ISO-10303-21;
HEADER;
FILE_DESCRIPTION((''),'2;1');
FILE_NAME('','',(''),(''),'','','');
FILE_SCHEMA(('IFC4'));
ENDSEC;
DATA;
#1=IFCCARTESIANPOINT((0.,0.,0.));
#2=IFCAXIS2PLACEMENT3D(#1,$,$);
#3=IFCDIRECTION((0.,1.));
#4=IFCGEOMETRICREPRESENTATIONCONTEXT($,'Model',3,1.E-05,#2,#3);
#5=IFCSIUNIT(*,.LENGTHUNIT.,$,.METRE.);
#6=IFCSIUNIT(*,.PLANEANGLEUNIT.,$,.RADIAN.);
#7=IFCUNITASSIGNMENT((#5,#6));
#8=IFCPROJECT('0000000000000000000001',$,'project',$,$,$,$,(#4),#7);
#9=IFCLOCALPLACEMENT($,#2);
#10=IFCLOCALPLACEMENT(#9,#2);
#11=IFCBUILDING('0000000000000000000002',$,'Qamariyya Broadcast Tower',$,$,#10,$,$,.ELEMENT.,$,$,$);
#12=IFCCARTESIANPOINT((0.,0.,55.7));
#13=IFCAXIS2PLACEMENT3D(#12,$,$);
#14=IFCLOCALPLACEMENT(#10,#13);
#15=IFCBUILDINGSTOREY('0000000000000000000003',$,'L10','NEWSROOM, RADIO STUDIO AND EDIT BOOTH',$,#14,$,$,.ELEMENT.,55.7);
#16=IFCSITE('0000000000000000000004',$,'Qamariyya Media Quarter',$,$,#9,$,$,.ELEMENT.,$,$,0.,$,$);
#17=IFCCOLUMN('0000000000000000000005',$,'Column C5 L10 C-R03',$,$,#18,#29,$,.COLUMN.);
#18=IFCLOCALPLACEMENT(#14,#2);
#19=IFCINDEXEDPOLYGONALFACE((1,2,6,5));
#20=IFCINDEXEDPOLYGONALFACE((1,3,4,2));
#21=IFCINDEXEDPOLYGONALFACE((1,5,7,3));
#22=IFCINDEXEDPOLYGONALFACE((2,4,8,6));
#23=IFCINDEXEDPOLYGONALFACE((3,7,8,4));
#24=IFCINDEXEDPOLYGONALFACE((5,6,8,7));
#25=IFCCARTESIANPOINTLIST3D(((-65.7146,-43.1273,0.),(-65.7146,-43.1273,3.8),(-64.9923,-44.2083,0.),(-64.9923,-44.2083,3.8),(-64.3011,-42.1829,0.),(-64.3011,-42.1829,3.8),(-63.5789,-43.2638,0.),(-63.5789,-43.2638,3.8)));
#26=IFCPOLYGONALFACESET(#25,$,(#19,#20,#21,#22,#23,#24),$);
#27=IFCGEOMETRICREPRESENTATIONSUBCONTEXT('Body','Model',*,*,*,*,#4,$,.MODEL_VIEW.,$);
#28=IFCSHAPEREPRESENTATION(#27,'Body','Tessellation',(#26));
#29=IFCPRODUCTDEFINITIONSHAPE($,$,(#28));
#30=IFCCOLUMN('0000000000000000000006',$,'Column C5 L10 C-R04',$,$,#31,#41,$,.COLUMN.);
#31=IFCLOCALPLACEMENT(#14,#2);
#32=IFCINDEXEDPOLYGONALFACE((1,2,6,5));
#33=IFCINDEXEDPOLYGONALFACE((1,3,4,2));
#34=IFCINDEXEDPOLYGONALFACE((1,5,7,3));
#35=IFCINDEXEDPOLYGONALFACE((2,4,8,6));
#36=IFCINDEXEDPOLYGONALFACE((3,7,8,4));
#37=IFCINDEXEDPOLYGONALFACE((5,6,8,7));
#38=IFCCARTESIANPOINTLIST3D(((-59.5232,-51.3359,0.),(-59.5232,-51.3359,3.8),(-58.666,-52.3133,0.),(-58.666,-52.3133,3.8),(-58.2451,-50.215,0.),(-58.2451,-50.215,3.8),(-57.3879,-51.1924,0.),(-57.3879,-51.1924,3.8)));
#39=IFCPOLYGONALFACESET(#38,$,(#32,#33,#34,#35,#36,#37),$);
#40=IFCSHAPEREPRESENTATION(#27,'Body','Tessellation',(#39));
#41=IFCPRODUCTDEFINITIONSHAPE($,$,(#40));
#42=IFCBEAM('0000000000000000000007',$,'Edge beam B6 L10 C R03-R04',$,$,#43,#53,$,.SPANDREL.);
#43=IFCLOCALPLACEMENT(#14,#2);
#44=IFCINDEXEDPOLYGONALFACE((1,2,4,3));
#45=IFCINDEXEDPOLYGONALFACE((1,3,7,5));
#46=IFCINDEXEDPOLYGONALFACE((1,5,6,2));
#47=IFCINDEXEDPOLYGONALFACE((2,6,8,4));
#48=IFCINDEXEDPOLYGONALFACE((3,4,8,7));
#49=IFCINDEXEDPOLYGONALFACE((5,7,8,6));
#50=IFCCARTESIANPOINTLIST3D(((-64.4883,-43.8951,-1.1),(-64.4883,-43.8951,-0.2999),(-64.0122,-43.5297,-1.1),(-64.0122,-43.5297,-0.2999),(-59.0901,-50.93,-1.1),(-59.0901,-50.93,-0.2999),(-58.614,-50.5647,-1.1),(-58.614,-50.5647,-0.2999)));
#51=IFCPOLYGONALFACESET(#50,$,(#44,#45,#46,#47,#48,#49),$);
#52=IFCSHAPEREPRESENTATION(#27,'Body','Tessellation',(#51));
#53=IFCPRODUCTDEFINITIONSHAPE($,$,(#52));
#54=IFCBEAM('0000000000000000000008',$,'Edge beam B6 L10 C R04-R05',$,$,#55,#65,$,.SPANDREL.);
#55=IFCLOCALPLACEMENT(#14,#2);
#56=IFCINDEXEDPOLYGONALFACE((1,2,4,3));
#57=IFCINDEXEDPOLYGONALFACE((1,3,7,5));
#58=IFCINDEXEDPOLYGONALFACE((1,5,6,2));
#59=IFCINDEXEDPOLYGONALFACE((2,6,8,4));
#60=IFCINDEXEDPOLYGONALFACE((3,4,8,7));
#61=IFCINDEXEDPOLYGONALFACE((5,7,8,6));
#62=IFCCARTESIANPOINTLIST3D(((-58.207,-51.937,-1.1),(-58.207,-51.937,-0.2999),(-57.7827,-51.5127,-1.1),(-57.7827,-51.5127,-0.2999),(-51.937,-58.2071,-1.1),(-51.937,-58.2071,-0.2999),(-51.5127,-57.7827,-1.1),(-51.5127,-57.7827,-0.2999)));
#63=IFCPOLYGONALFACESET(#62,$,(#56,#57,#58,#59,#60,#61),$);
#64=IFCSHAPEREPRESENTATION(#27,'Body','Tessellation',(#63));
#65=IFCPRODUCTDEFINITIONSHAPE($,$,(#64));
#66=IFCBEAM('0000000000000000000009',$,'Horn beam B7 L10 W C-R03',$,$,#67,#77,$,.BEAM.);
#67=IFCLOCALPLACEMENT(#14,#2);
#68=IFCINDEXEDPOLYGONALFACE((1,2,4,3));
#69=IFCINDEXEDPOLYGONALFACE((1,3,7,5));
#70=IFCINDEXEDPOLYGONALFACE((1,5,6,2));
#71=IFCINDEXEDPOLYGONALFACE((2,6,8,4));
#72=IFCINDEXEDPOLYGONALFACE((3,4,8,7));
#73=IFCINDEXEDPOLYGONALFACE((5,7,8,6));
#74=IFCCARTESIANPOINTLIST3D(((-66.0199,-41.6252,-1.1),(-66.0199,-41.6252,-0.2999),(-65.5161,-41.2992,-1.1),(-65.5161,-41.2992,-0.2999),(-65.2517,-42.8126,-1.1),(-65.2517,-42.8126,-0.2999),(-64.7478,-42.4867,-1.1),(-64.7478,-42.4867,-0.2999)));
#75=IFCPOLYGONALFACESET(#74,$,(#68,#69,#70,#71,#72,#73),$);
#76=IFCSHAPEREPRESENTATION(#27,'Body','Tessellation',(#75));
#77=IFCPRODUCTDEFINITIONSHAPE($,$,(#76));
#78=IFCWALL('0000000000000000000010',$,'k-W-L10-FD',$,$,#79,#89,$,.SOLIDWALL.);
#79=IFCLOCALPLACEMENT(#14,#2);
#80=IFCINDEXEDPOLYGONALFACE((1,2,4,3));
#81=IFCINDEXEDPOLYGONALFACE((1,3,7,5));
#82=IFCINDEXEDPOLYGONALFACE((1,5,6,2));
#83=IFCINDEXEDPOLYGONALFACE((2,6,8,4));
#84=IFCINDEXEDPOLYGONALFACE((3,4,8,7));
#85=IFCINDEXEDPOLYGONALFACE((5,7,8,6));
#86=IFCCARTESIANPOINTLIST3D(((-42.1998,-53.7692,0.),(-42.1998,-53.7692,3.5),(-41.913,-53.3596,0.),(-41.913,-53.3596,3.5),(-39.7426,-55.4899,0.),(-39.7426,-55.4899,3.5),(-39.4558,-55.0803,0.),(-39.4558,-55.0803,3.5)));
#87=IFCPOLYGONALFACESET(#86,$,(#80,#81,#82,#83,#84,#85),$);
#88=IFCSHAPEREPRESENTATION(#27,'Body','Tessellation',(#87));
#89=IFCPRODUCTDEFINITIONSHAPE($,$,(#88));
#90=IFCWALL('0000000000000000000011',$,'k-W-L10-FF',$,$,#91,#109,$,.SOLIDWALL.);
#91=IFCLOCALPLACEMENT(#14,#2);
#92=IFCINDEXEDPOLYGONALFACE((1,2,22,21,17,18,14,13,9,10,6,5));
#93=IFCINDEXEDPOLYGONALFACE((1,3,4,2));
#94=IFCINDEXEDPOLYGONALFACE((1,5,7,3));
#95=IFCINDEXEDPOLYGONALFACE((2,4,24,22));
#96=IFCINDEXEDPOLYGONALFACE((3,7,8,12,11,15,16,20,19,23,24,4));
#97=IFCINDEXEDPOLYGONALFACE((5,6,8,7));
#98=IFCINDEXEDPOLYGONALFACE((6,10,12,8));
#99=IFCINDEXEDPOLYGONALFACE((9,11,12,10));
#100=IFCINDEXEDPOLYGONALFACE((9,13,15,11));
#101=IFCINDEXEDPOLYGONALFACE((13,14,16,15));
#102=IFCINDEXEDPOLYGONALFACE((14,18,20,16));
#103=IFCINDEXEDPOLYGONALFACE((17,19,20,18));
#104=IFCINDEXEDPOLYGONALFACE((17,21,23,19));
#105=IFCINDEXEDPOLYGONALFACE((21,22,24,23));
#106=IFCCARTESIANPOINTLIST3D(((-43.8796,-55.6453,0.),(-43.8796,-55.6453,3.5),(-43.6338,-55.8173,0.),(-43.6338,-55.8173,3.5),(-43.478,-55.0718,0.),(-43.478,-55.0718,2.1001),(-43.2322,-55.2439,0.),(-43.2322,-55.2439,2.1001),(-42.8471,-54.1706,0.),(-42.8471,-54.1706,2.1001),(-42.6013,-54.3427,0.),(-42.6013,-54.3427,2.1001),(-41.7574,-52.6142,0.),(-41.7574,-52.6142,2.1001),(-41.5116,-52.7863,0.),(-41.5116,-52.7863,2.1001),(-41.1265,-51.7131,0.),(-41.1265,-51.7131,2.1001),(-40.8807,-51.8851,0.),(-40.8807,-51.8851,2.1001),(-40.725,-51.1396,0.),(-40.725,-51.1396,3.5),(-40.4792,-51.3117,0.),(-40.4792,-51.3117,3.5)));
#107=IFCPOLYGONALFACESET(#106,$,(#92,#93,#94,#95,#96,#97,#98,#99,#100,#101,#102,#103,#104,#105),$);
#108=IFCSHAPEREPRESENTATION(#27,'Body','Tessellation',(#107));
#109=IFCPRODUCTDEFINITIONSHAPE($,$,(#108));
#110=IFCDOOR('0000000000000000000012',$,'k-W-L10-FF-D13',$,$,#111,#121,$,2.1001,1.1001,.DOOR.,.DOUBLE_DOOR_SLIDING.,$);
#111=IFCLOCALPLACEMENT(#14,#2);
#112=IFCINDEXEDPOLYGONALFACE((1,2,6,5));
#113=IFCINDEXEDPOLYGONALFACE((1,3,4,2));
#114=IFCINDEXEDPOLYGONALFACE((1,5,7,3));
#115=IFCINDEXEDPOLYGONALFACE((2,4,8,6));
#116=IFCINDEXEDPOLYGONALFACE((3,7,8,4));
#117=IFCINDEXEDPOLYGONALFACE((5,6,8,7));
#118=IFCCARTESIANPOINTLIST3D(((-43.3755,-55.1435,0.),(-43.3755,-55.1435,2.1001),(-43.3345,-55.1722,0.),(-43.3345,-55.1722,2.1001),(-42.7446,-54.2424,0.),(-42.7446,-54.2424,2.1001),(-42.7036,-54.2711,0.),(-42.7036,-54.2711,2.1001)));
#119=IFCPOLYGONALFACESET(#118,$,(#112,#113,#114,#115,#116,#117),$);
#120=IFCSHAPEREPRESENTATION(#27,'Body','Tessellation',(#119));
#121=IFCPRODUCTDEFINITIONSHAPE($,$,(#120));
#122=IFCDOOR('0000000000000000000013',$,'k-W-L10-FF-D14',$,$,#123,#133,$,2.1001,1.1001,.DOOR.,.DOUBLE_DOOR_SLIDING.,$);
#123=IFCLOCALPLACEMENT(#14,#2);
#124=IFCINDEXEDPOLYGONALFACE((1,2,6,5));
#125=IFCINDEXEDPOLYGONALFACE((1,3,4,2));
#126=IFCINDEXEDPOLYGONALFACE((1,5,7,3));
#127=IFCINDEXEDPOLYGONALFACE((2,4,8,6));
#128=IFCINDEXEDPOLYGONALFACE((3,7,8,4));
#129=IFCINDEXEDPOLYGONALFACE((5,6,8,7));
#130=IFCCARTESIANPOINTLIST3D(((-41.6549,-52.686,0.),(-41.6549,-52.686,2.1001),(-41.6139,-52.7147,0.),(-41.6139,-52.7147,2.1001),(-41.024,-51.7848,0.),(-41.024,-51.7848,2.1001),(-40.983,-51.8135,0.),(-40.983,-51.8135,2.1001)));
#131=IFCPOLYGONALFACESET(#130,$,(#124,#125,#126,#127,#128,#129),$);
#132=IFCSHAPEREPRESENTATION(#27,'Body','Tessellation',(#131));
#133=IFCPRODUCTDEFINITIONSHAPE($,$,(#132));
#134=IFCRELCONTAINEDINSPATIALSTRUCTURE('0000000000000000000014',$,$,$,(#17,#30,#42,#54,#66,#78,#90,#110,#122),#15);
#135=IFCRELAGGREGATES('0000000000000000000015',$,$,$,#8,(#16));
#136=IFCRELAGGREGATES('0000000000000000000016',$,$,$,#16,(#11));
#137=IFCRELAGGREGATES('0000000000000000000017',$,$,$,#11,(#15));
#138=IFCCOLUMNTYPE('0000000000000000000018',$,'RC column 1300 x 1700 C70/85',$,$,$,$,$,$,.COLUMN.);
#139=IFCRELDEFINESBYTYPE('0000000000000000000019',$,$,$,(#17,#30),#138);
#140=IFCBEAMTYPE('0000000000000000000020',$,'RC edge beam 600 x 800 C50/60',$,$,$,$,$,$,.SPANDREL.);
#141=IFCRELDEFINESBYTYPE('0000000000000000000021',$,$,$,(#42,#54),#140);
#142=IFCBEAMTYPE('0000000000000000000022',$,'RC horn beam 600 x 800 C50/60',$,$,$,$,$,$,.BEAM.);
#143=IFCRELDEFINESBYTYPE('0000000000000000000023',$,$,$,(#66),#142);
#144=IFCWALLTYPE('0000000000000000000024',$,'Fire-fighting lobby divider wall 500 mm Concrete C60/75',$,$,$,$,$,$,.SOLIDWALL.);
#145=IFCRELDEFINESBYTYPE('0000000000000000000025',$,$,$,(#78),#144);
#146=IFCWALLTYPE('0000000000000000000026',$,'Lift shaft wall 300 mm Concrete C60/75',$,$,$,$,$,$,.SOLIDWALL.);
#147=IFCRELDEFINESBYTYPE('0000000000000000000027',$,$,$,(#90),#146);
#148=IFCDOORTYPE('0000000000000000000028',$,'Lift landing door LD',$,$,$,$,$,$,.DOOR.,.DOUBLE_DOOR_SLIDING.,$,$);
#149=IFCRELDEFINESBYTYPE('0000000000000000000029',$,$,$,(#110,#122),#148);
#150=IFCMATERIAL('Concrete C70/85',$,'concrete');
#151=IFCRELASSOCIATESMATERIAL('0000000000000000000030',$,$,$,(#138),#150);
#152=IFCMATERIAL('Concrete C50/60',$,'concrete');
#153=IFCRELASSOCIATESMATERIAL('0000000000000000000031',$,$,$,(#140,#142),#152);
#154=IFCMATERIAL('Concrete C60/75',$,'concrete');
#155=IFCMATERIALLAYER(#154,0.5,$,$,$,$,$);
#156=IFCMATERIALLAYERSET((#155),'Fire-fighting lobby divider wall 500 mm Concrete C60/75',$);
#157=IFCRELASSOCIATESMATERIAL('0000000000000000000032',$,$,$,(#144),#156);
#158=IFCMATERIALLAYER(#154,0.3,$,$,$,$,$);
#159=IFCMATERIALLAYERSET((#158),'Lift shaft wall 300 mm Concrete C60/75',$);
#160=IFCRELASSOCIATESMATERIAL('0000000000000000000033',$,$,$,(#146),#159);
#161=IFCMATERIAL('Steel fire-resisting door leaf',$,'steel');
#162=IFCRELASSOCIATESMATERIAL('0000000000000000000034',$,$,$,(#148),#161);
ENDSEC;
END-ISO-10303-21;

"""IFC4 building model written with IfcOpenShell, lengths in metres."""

from ifc_helpers import new_model, si_unit, direction, frame, frame_2d, origin, origin_2d, place, context, subcontext, project, spatial, rectangle, extrude, material, layer, layer_set, material_profile, profile_set, type_object, element, fill, save


model = new_model("IFC4")

# Units and contexts
model_context = context("Model", 3, precision=1e-05, world=origin(), true_north=direction((0.0, 1.0)))
body_context = subcontext(model_context, "Body", "Model", "MODEL_VIEW")
ifc_project = project(units=[si_unit("LENGTHUNIT", "METRE"), si_unit("PLANEANGLEUNIT", "RADIAN")], contexts=[model_context])

# Site, building, storey
site_placement = place(None, origin())
site = spatial("IfcSite", under=ifc_project, at=site_placement, Name="Qamariyya Media Quarter", CompositionType="ELEMENT", RefElevation=0.0)
building_placement = place(site_placement, origin())
building = spatial("IfcBuilding", under=site, at=building_placement, Name="Qamariyya Broadcast Tower", CompositionType="ELEMENT")
storey_placement = place(building_placement, frame((0.0, 0.0, 55.7)))
storey = spatial("IfcBuildingStorey", under=building, at=storey_placement, Name="L10", Description="NEWSROOM, RADIO STUDIO AND EDIT BOOTH", CompositionType="ELEMENT", Elevation=55.7)

# Columns
ifc_material_1 = material(Name="Concrete C70/85", Category="concrete")
ifc_material_profile_1 = material_profile(ifc_material_1, rectangle(XDim=1.3, YDim=1.7, at=origin_2d()))
ifc_profile_set_1 = profile_set([ifc_material_profile_1], Name="Concrete C70/85")
column_type = type_object("IfcColumnType", Name="RC column 1300 x 1700 C70/85", PredefinedType="COLUMN", material=ifc_profile_set_1)
for number, where, z_axis, x_axis, name in (
    (1, (-64.6467, -43.1956, 0.0), (0.0, 0.0, 1.0), (0.55557, -0.83147, 0.0), "Column C5 L10 C-R03"),
    (2, (-58.4556, -51.2642, 0.0), (0.0, 0.0, 1.0), (0.659346, -0.75184, 0.0), "Column C5 L10 C-R04"),
):
    element("IfcColumn", number, at=place(storey_placement, frame(where, z_axis=z_axis, x_axis=x_axis)), inside=storey, type_object=column_type, Name=name, PredefinedType="COLUMN", context=body_context, shape_type="SweptSolid", body=[
        extrude(rectangle(XDim=1.3, YDim=1.7, at=origin_2d()), origin(), (0.0, 0.0, 1.0), 3.8),
    ])

# Beams
ifc_material_2 = material(Name="Concrete C50/60", Category="concrete")
ifc_material_profile_2 = material_profile(ifc_material_2, rectangle(XDim=0.6001, YDim=0.8, at=origin_2d()))
ifc_profile_set_2 = profile_set([ifc_material_profile_2], Name="Concrete C50/60")
beam_type_1 = type_object("IfcBeamType", Name="RC edge beam 600 x 800 C50/60", PredefinedType="SPANDREL", material=ifc_profile_set_2)
beam_1_placement = place(storey_placement, frame((-64.2502, -43.7124, -0.7), z_axis=(0.60877, -0.793347, 0.0), x_axis=(0.793347, 0.60877, 0.0)))
element("IfcBeam", 3, at=beam_1_placement, inside=storey, type_object=beam_type_1, Name="Edge beam B6 L10 C R03-R04", PredefinedType="SPANDREL", context=body_context, shape_type="SweptSolid", body=[
    extrude(rectangle(XDim=0.6001, YDim=0.8, at=origin_2d()), origin(), (0.0, 0.0, 1.0), 8.8674),
])
beam_2_placement = place(storey_placement, frame((-57.9949, -51.7249, -0.7), z_axis=(0.707107, -0.707107, 0.0), x_axis=(0.707107, 0.707107, 0.0)))
element("IfcBeam", 4, at=beam_2_placement, inside=storey, type_object=beam_type_1, Name="Edge beam B6 L10 C R04-R05", PredefinedType="SPANDREL", context=body_context, shape_type="SweptSolid", body=[
    extrude(rectangle(XDim=0.6001, YDim=0.8, at=origin_2d()), origin(), (0.0, 0.0, 1.0), 8.8672),
])
ifc_material_profile_3 = material_profile(ifc_material_2, rectangle(XDim=0.6001, YDim=0.8, at=origin_2d()))
ifc_profile_set_3 = profile_set([ifc_material_profile_3], Name="Concrete C50/60")
beam_type_2 = type_object("IfcBeamType", Name="RC horn beam 600 x 800 C50/60", PredefinedType="BEAM", material=ifc_profile_set_3)
beam_3_placement = place(storey_placement, frame((-64.9998, -42.6497, -0.7), z_axis=(-0.543215, 0.839593, 0.0), x_axis=(-0.839593, -0.543215, 0.0)))
element("IfcBeam", 5, at=beam_3_placement, inside=storey, type_object=beam_type_2, Name="Horn beam B7 L10 W C-R03", PredefinedType="BEAM", context=body_context, shape_type="SweptSolid", body=[
    extrude(rectangle(XDim=0.6001, YDim=0.8, at=origin_2d()), origin(), (0.0, 0.0, 1.0), 1.4143),
])

# Wall
ifc_material_3 = material(Name="Concrete C60/75", Category="concrete")
ifc_layer_1 = layer(ifc_material_3, 0.5)
ifc_layer_set_1 = layer_set([ifc_layer_1], Name="Fire-fighting lobby divider wall 500 mm Concrete C60/75")
wall_type_1 = type_object("IfcWallType", Name="Fire-fighting lobby divider wall 500 mm Concrete C60/75", PredefinedType="SOLIDWALL", material=ifc_layer_set_1)
wall_1_placement = place(storey_placement, frame((-39.5991, -55.2852, 0.0), z_axis=(0.0, 0.0, 1.0), x_axis=(-0.819136, 0.573599, 0.0)))
element("IfcWall", 6, at=wall_1_placement, inside=storey, type_object=wall_type_1, Name="k-W-L10-FD", PredefinedType="SOLIDWALL", context=body_context, shape_type="SweptSolid", body=[
    extrude(rectangle(XDim=2.9998, YDim=0.5, at=frame_2d((1.5, 0.0))), origin(), (0.0, 0.0, 1.0), 3.5),
])

# Wall, openings, doors
ifc_layer_2 = layer(ifc_material_3, 0.3)
ifc_layer_set_2 = layer_set([ifc_layer_2], Name="Lift shaft wall 300 mm Concrete C60/75")
wall_type_2 = type_object("IfcWallType", Name="Lift shaft wall 300 mm Concrete C60/75", PredefinedType="SOLIDWALL", material=ifc_layer_set_2)
wall_2_placement = place(storey_placement, frame((-43.7566, -55.7312, 0.0), z_axis=(0.0, 0.0, 1.0), x_axis=(0.573537, 0.81918, 0.0)))
wall_2 = element("IfcWall", 7, at=wall_2_placement, inside=storey, type_object=wall_type_2, Name="k-W-L10-FF", PredefinedType="SOLIDWALL", context=body_context, shape_type="SweptSolid", body=[
    extrude(rectangle(XDim=5.5002, YDim=0.3, at=frame_2d((2.75, 0.0))), origin(), (0.0, 0.0, 1.0), 3.5),
])
opening_1_placement = place(wall_2_placement, frame((0.7, 0.0, 0.0)))
opening_1 = element("IfcOpeningElement", 8, at=opening_1_placement, cuts=wall_2, PredefinedType="OPENING", context=body_context, shape_type="SweptSolid", body=[
    extrude(rectangle(XDim=1.1001, YDim=2.1001, at=frame_2d((0.55, 1.05))), frame((0.0, 0.1599, 0.0), z_axis=(0.0, -1.0, 0.0), x_axis=(1.0, 0.0, 0.0)), (0.0, 0.0, 1.0), 0.3201),
])
opening_2_placement = place(wall_2_placement, frame((3.7, 0.0, 0.0)))
opening_2 = element("IfcOpeningElement", 9, at=opening_2_placement, cuts=wall_2, PredefinedType="OPENING", context=body_context, shape_type="SweptSolid", body=[
    extrude(rectangle(XDim=1.1001, YDim=2.1001, at=frame_2d((0.55, 1.05))), frame((0.0, 0.1599, 0.0), z_axis=(0.0, -1.0, 0.0), x_axis=(1.0, 0.0, 0.0)), (0.0, 0.0, 1.0), 0.3201),
])
ifc_material_4 = material(Name="Steel fire-resisting door leaf", Category="steel")
door_type = type_object("IfcDoorType", Name="Lift landing door LD", OperationType="DOUBLE_DOOR_SLIDING", PredefinedType="DOOR", material=ifc_material_4)
door_1_placement = place(opening_1_placement, origin())
door_1 = element("IfcDoor", 10, at=door_1_placement, inside=storey, type_object=door_type, Name="k-W-L10-FF-D13", OperationType="DOUBLE_DOOR_SLIDING", OverallHeight=2.1001, OverallWidth=1.1001, PredefinedType="DOOR", context=body_context, shape_type="SweptSolid", body=[
    extrude(rectangle(XDim=1.1001, YDim=2.1001, at=frame_2d((0.55, 1.05))), frame((0.0, 0.0249, 0.0), z_axis=(0.0, -1.0, 0.0), x_axis=(1.0, 0.0, 0.0)), (0.0, 0.0, 1.0), 0.05),
])
fill(opening_1, door_1)
door_2_placement = place(opening_2_placement, origin())
door_2 = element("IfcDoor", 11, at=door_2_placement, inside=storey, type_object=door_type, Name="k-W-L10-FF-D14", OperationType="DOUBLE_DOOR_SLIDING", OverallHeight=2.1001, OverallWidth=1.1001, PredefinedType="DOOR", context=body_context, shape_type="SweptSolid", body=[
    extrude(rectangle(XDim=1.1001, YDim=2.1001, at=frame_2d((0.55, 1.05))), frame((0.0, 0.0249, 0.0), z_axis=(0.0, -1.0, 0.0), x_axis=(1.0, 0.0, 0.0)), (0.0, 0.0, 1.0), 0.05),
])
fill(opening_2, door_2)

save(model, "model.ifc")
